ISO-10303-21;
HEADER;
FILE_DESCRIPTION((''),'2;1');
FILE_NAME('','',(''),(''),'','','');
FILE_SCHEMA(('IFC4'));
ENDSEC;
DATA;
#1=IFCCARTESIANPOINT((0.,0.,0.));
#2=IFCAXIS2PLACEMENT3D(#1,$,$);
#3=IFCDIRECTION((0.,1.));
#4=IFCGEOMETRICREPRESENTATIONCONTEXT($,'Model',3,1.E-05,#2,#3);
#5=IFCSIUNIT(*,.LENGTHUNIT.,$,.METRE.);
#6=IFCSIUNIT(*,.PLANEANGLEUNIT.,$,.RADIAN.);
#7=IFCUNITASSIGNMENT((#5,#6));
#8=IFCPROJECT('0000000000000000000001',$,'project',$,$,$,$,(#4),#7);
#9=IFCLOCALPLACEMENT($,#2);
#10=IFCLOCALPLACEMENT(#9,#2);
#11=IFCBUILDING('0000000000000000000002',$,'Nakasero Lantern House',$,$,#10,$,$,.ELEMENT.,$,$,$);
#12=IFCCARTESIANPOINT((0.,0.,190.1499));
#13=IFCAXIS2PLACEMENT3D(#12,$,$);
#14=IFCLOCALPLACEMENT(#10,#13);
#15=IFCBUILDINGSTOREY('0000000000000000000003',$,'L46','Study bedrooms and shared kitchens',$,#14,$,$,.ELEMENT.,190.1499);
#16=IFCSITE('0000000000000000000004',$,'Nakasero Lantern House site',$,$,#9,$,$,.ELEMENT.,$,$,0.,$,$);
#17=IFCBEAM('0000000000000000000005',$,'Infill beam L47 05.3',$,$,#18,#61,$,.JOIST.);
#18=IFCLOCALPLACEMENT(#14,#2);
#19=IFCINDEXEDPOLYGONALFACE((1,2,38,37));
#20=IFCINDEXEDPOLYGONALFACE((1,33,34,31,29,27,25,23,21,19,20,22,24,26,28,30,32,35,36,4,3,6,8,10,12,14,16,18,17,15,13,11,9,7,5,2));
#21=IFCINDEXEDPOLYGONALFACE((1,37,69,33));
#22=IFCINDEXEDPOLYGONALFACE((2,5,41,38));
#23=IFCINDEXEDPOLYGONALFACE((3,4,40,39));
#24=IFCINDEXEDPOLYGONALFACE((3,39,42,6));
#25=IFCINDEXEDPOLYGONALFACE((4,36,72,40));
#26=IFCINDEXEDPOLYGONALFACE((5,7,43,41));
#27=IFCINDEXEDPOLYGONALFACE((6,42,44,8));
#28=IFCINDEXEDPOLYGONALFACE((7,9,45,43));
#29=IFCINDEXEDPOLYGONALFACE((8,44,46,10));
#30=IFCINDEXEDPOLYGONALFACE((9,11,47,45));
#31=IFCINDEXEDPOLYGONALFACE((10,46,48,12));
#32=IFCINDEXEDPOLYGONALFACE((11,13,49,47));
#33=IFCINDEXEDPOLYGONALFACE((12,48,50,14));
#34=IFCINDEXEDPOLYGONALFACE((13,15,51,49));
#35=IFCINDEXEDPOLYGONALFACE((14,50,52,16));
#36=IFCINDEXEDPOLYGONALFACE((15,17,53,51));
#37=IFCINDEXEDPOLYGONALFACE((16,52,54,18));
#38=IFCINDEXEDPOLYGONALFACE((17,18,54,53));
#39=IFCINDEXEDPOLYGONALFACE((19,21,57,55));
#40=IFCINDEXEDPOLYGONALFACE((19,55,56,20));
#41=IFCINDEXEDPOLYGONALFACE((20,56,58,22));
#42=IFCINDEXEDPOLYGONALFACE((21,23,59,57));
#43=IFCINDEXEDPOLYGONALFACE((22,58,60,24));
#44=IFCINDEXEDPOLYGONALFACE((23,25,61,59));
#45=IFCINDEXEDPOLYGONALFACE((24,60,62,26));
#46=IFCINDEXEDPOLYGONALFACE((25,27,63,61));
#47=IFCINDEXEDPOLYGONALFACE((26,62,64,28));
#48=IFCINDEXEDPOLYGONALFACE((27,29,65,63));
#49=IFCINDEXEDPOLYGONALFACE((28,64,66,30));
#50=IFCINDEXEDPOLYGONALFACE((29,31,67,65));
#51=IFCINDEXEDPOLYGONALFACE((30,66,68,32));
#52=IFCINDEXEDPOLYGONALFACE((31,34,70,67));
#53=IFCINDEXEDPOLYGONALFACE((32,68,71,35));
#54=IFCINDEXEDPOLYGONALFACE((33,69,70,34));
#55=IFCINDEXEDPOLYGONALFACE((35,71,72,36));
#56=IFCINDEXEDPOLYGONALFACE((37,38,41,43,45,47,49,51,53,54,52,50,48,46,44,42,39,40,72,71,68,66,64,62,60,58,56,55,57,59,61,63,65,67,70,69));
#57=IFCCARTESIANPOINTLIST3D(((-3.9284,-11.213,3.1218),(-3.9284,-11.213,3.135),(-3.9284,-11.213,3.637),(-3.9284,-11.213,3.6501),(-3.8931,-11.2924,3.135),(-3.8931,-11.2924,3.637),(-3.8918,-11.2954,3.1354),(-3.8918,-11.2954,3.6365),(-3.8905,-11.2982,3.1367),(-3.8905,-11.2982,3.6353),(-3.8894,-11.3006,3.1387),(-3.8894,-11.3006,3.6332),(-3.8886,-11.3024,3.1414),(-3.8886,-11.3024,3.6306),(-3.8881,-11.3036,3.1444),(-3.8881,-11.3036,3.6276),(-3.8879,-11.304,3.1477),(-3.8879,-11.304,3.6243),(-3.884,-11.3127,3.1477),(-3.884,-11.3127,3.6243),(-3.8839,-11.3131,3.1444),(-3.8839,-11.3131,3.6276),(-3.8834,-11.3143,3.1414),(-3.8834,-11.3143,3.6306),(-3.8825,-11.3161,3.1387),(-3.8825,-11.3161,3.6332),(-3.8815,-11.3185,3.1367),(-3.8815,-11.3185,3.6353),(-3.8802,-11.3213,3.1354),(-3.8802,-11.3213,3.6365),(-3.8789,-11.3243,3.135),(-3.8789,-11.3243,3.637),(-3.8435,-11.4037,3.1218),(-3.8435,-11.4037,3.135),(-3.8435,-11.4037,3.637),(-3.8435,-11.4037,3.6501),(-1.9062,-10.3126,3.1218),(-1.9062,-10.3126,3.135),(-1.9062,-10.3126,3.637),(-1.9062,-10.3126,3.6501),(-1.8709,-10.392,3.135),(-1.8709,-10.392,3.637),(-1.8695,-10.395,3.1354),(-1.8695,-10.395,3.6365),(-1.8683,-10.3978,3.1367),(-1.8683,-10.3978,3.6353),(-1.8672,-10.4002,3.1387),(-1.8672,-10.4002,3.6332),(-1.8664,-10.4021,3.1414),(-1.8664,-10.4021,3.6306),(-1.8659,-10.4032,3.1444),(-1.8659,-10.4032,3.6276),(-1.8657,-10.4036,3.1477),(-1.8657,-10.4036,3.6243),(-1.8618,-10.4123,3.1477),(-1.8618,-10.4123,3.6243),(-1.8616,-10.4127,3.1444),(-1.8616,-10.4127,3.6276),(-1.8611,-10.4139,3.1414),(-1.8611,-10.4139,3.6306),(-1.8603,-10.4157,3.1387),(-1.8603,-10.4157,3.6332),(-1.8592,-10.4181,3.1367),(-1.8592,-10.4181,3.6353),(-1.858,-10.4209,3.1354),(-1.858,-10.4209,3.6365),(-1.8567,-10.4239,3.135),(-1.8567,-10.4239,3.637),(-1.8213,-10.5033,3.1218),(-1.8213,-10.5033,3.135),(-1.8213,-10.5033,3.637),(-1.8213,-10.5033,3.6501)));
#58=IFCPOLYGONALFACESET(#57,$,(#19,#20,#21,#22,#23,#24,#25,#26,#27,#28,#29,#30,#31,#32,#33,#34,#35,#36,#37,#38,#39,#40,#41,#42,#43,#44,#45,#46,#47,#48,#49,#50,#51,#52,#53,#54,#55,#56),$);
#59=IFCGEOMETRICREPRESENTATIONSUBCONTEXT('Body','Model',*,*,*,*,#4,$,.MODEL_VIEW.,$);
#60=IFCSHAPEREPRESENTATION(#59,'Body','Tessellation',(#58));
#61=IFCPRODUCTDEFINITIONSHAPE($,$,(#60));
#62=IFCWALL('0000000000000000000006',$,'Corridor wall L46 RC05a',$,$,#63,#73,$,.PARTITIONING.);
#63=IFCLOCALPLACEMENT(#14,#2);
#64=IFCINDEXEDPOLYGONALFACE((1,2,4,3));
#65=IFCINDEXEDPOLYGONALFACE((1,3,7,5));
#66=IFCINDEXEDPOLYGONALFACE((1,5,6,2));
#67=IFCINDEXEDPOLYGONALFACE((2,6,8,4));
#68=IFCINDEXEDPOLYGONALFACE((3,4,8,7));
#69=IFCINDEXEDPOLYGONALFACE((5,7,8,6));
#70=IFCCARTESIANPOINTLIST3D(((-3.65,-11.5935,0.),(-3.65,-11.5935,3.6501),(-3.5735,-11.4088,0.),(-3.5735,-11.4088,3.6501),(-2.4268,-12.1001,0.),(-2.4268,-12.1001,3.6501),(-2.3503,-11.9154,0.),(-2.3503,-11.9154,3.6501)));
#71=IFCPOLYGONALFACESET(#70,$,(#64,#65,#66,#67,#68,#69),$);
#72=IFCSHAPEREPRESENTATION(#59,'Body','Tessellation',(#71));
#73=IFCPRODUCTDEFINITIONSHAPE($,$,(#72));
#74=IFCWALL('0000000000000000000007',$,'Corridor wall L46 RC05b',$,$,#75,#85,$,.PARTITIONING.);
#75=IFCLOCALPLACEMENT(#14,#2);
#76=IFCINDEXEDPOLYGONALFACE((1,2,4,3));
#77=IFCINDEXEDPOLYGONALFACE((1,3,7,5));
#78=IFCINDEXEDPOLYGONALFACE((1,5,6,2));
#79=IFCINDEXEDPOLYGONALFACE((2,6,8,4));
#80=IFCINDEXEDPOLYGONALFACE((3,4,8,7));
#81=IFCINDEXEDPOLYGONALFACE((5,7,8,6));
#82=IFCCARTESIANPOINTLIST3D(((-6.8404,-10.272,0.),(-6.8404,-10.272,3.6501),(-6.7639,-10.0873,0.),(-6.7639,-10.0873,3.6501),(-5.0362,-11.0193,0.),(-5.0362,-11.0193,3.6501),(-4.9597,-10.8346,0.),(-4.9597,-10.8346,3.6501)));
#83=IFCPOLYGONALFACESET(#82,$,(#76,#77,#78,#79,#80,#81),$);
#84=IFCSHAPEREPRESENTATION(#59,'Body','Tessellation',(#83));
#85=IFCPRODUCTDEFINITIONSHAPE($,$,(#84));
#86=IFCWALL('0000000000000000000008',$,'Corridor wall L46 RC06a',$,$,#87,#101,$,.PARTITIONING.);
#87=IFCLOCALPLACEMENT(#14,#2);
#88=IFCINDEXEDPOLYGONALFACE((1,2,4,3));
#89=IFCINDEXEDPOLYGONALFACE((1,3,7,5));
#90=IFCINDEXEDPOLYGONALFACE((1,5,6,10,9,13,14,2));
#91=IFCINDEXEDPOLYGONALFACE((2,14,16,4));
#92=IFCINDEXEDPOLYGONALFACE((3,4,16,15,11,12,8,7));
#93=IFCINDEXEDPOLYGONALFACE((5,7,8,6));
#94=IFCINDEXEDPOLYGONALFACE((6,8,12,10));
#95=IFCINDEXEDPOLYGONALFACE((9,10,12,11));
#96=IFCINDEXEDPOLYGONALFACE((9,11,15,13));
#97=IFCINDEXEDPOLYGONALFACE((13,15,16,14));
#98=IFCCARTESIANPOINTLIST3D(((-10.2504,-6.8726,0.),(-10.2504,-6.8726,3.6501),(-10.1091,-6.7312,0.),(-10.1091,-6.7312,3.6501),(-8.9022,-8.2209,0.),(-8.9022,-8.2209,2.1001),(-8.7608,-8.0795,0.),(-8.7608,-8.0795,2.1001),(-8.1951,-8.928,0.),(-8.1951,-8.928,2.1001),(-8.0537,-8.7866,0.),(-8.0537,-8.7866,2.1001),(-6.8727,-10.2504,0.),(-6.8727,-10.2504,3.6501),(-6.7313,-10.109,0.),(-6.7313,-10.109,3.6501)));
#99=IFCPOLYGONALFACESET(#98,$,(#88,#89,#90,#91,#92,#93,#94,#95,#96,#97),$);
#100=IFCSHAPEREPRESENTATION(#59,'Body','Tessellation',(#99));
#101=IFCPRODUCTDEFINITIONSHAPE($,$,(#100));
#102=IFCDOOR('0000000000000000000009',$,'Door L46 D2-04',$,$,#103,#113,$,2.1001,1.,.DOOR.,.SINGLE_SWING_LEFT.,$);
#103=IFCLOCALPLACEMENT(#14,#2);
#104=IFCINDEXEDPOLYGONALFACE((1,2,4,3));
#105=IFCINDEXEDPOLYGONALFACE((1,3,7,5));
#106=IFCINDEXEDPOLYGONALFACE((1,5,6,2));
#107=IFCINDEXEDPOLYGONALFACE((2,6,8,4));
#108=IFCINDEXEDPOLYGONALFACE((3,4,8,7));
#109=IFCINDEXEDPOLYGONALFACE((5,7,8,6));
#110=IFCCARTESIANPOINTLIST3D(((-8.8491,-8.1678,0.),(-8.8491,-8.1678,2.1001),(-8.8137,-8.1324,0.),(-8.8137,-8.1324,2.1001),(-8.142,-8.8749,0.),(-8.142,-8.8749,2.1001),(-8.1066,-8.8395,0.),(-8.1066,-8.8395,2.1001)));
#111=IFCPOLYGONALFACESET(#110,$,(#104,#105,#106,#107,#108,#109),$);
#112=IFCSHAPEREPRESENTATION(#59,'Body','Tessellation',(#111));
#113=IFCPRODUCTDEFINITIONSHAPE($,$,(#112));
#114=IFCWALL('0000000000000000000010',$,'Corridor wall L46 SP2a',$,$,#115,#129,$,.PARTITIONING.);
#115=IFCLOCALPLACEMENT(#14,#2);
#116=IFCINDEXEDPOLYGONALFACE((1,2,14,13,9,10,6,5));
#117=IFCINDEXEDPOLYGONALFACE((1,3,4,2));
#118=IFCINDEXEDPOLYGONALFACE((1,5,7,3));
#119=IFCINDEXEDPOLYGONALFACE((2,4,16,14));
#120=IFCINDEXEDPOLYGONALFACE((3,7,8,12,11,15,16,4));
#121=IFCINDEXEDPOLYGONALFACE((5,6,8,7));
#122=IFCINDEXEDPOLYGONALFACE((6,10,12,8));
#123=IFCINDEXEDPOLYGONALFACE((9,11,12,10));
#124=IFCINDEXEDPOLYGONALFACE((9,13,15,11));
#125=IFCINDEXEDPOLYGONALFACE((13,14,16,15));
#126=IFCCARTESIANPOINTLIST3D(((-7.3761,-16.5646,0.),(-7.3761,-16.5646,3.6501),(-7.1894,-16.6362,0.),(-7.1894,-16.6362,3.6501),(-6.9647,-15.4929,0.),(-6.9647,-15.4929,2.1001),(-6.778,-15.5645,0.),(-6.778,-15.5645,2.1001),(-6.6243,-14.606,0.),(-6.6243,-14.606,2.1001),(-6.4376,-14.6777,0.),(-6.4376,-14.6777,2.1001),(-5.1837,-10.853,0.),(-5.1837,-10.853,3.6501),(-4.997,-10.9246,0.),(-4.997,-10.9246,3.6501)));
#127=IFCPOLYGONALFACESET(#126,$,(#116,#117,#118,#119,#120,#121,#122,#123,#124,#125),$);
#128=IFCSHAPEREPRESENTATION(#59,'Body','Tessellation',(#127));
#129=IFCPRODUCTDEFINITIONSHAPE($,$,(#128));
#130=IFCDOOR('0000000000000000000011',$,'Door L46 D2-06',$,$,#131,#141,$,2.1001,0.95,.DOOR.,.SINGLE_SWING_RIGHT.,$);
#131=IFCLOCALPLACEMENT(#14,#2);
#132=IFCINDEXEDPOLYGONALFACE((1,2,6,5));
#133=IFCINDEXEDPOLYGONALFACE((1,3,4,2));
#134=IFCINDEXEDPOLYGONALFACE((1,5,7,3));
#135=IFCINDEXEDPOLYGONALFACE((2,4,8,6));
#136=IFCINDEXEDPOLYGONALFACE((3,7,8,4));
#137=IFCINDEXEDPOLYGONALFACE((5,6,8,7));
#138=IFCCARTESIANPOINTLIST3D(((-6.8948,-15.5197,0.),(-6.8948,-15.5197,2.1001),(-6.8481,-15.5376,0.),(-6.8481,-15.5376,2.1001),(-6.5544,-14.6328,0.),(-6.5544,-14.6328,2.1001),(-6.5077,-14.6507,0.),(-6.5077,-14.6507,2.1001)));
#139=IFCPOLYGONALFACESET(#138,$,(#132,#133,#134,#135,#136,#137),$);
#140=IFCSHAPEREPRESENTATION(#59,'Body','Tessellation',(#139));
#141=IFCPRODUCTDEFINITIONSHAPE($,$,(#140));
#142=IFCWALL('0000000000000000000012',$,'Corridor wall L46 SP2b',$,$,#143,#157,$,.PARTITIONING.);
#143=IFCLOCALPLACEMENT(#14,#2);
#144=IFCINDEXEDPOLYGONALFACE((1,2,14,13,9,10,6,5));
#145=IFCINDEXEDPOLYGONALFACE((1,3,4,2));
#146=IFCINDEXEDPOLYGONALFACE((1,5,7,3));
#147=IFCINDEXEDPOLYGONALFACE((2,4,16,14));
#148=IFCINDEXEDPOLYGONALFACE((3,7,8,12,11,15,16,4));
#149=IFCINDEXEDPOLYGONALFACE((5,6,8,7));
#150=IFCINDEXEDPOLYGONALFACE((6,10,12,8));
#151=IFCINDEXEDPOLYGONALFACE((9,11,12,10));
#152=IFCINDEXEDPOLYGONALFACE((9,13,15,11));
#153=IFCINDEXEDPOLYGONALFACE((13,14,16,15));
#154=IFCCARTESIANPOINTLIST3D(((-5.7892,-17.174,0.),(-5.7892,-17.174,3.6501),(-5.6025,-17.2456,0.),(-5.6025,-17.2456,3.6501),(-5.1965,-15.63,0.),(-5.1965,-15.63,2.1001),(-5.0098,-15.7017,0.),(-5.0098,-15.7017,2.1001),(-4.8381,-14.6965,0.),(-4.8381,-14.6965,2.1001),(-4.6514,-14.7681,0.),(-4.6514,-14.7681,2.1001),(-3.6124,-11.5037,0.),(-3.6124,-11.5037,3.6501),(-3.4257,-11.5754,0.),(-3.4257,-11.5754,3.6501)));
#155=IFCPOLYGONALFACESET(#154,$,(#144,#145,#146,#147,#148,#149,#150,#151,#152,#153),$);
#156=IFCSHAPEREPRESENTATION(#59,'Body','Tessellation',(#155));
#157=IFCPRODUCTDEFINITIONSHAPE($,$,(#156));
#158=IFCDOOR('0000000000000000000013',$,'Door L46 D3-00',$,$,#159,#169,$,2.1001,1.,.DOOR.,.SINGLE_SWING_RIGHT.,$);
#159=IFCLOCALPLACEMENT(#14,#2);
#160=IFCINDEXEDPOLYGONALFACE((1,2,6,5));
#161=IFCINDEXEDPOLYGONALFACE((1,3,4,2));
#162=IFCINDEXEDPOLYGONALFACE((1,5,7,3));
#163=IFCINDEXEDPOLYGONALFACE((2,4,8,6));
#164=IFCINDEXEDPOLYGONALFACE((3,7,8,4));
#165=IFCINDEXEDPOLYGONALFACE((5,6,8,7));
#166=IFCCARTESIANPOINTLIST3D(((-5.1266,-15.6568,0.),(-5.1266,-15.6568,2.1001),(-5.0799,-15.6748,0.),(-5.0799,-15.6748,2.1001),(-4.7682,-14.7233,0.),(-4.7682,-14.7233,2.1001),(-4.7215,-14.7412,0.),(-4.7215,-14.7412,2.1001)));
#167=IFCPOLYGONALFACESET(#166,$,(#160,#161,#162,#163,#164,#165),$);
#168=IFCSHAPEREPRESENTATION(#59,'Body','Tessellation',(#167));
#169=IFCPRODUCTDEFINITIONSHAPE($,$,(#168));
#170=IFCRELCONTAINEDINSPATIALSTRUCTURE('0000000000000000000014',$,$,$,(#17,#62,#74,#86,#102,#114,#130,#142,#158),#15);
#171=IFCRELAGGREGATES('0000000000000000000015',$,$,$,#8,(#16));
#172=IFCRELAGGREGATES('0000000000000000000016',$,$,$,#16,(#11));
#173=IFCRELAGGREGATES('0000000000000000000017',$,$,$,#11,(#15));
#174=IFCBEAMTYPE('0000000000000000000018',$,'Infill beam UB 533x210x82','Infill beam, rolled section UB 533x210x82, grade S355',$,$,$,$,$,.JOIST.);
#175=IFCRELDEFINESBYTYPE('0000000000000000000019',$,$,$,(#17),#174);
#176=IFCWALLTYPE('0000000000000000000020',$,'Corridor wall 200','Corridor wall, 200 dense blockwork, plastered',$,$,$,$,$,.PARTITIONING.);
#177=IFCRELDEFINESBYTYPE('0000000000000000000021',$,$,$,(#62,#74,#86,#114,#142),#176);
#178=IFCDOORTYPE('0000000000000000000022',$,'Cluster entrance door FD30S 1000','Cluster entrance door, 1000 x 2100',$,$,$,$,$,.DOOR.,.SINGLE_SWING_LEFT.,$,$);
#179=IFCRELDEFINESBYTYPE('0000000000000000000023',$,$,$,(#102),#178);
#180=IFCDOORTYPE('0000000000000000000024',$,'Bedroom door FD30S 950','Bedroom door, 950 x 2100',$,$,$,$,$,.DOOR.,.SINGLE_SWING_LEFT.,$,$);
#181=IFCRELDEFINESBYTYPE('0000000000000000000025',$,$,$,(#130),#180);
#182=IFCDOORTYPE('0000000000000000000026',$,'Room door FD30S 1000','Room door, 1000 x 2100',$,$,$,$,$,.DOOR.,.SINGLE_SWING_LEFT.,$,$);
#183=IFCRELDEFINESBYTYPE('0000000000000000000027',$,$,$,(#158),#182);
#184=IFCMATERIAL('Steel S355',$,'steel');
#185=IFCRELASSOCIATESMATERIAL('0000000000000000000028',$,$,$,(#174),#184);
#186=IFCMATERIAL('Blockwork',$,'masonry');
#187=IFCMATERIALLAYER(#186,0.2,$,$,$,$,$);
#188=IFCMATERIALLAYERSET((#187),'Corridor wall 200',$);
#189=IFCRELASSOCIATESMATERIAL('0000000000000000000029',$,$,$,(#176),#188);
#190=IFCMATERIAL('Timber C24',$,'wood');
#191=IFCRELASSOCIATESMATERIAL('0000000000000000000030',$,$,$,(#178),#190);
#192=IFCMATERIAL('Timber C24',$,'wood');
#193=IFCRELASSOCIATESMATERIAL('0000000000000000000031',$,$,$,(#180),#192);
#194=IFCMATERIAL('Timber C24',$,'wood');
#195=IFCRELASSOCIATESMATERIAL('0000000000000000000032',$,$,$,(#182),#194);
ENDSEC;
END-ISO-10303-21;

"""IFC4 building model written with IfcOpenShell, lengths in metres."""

from ifc_helpers import new_model, si_unit, direction, frame, frame_2d, origin, origin_2d, place, context, subcontext, project, spatial, rectangle, i_section, extrude, material, layer, layer_set, material_profile, profile_set, type_object, element, fill, save


model = new_model("IFC4")

# Units and contexts
model_context = context("Model", 3, precision=1e-05, world=origin(), true_north=direction((0.0, 1.0)))
body_context = subcontext(model_context, "Body", "Model", "MODEL_VIEW")
ifc_project = project(units=[si_unit("LENGTHUNIT", "METRE"), si_unit("PLANEANGLEUNIT", "RADIAN")], contexts=[model_context])

# Site, building, storey
site_placement = place(None, origin())
site = spatial("IfcSite", under=ifc_project, at=site_placement, Name="Nakasero Lantern House site", CompositionType="ELEMENT", RefElevation=0.0)
building_placement = place(site_placement, origin())
building = spatial("IfcBuilding", under=site, at=building_placement, Name="Nakasero Lantern House", CompositionType="ELEMENT")
storey_placement = place(building_placement, frame((0.0, 0.0, 190.1499)))
storey = spatial("IfcBuildingStorey", under=building, at=storey_placement, Name="L46", Description="Study bedrooms and shared kitchens", CompositionType="ELEMENT", Elevation=190.1499)

# Beam
ifc_material_1 = material(Name="Steel S355", Category="steel")
ifc_material_profile = material_profile(ifc_material_1, i_section(OverallWidth=0.2087, OverallDepth=0.5283, WebThickness=0.0095, FlangeThickness=0.0132, FilletRadius=0.0127, at=origin_2d()), Name="UB 533x210x82")
ifc_profile_set = profile_set([ifc_material_profile], Name="Steel S355")
beam_type = type_object("IfcBeamType", Name="Infill beam UB 533x210x82", Description="Infill beam, rolled section UB 533x210x82, grade S355", PredefinedType="JOIST", material=ifc_profile_set)
beam_placement = place(storey_placement, frame((-3.886, -11.3083, 3.386), z_axis=(0.913538, 0.406752, 0.0), x_axis=(-0.406752, 0.913538, 0.0)))
element("IfcBeam", 1, at=beam_placement, inside=storey, type_object=beam_type, Name="Infill beam L47 05.3", PredefinedType="JOIST", context=body_context, shape_type="SweptSolid", body=[
    extrude(i_section(OverallWidth=0.2087, OverallDepth=0.5283, WebThickness=0.0095, FlangeThickness=0.0132, FilletRadius=0.0127, at=origin_2d()), origin(), (0.0, 0.0, 1.0), 2.2136),
])

# Walls
ifc_material_2 = material(Name="Blockwork", Category="masonry")
ifc_layer_1 = layer(ifc_material_2, 0.2)
ifc_layer_set_1 = layer_set([ifc_layer_1], Name="Corridor wall 200")
wall_type_1 = type_object("IfcWallType", Name="Corridor wall 200", Description="Corridor wall, 200 dense blockwork, plastered", PredefinedType="PARTITIONING", material=ifc_layer_set_1)
wall_1_placement = place(storey_placement, frame((-2.3884, -12.0078, 0.0), z_axis=(0.0, 0.0, 1.0), x_axis=(-0.923893, 0.38265, 0.0)))
element("IfcWall", 2, at=wall_1_placement, inside=storey, type_object=wall_type_1, Name="Corridor wall L46 RC05a", PredefinedType="PARTITIONING", context=body_context, shape_type="SweptSolid", body=[
    extrude(rectangle(XDim=1.324, YDim=0.2, at=frame_2d((0.6621, 0.0))), origin(), (0.0, 0.0, 1.0), 3.6501),
])
wall_2_placement = place(storey_placement, frame((-4.9978, -10.927, 0.0), z_axis=(0.0, 0.0, 1.0), x_axis=(-0.923881, 0.382679, 0.0)))
element("IfcWall", 3, at=wall_2_placement, inside=storey, type_object=wall_type_1, Name="Corridor wall L46 RC05b", PredefinedType="PARTITIONING", context=body_context, shape_type="SweptSolid", body=[
    extrude(rectangle(XDim=1.9529, YDim=0.2, at=frame_2d((0.9766, 0.0))), origin(), (0.0, 0.0, 1.0), 3.6501),
])

# Walls, openings, doors
wall_3_placement = place(storey_placement, frame((-6.802, -10.1797, 0.0), z_axis=(0.0, 0.0, 1.0), x_axis=(-0.707107, 0.707107, 0.0)))
wall_3 = element("IfcWall", 4, at=wall_3_placement, inside=storey, type_object=wall_type_1, Name="Corridor wall L46 RC06a", PredefinedType="PARTITIONING", context=body_context, shape_type="SweptSolid", body=[
    extrude(rectangle(XDim=4.7769, YDim=0.2, at=frame_2d((2.3884, 0.0))), origin(), (0.0, 0.0, 1.0), 3.6501),
])
opening_1_placement = place(wall_3_placement, frame((1.8701, 0.0, 0.0)))
opening_1 = element("IfcOpeningElement", 5, at=opening_1_placement, cuts=wall_3, PredefinedType="OPENING", context=body_context, shape_type="SweptSolid", body=[
    extrude(rectangle(XDim=1.0, YDim=2.1001, at=frame_2d((0.5, 1.05))), frame((0.0, 0.1199, 0.0), z_axis=(0.0, -1.0, 0.0), x_axis=(1.0, 0.0, 0.0)), (0.0, 0.0, 1.0), 0.24),
])
ifc_material_3 = material(Name="Timber C24", Category="wood")
door_type_1 = type_object("IfcDoorType", Name="Cluster entrance door FD30S 1000", Description="Cluster entrance door, 1000 x 2100", OperationType="SINGLE_SWING_LEFT", PredefinedType="DOOR", material=ifc_material_3)
door_1_placement = place(opening_1_placement, origin())
door_1 = element("IfcDoor", 6, at=door_1_placement, inside=storey, type_object=door_type_1, Name="Door L46 D2-04", OperationType="SINGLE_SWING_LEFT", OverallHeight=2.1001, OverallWidth=1.0, PredefinedType="DOOR", context=body_context, shape_type="SweptSolid", body=[
    extrude(rectangle(XDim=1.0, YDim=2.1001, at=frame_2d((0.5, 1.05))), frame((0.0, 0.0249, 0.0), z_axis=(0.0, -1.0, 0.0), x_axis=(1.0, 0.0, 0.0)), (0.0, 0.0, 1.0), 0.05),
])
fill(opening_1, door_1)
wall_4_placement = place(storey_placement, frame((-5.0903, -10.8887, 0.0), z_axis=(0.0, 0.0, 1.0), x_axis=(-0.358351, -0.933587, 0.0)))
wall_4 = element("IfcWall", 7, at=wall_4_placement, inside=storey, type_object=wall_type_1, Name="Corridor wall L46 SP2a", PredefinedType="PARTITIONING", context=body_context, shape_type="SweptSolid", body=[
    extrude(rectangle(XDim=6.1179, YDim=0.2, at=frame_2d((3.0591, 0.0))), origin(), (0.0, 0.0, 1.0), 3.6501),
])
opening_2_placement = place(wall_4_placement, frame((4.02, 0.0, 0.0)))
opening_2 = element("IfcOpeningElement", 8, at=opening_2_placement, cuts=wall_4, PredefinedType="OPENING", context=body_context, shape_type="SweptSolid", body=[
    extrude(rectangle(XDim=0.95, YDim=2.1001, at=frame_2d((0.4751, 1.05))), frame((0.0, 0.1199, 0.0), z_axis=(0.0, -1.0, 0.0), x_axis=(1.0, 0.0, 0.0)), (0.0, 0.0, 1.0), 0.24),
])
ifc_material_4 = material(Name="Timber C24", Category="wood")
door_type_2 = type_object("IfcDoorType", Name="Bedroom door FD30S 950", Description="Bedroom door, 950 x 2100", OperationType="SINGLE_SWING_LEFT", PredefinedType="DOOR", material=ifc_material_4)
door_2_placement = place(opening_2_placement, origin())
door_2 = element("IfcDoor", 9, at=door_2_placement, inside=storey, type_object=door_type_2, Name="Door L46 D2-06", OperationType="SINGLE_SWING_RIGHT", OverallHeight=2.1001, OverallWidth=0.95, PredefinedType="DOOR", context=body_context, shape_type="SweptSolid", body=[
    extrude(rectangle(XDim=0.95, YDim=2.1001, at=frame_2d((0.4751, 1.05))), frame((0.0, 0.0249, 0.0), z_axis=(0.0, -1.0, 0.0), x_axis=(1.0, 0.0, 0.0)), (0.0, 0.0, 1.0), 0.05),
])
fill(opening_2, door_2)
wall_5_placement = place(storey_placement, frame((-3.519, -11.5396, 0.0), z_axis=(0.0, 0.0, 1.0), x_axis=(-0.358394, -0.93357, 0.0)))
wall_5 = element("IfcWall", 10, at=wall_5_placement, inside=storey, type_object=wall_type_1, Name="Corridor wall L46 SP2b", PredefinedType="PARTITIONING", context=body_context, shape_type="SweptSolid", body=[
    extrude(rectangle(XDim=6.0737, YDim=0.2, at=frame_2d((3.0369, 0.0))), origin(), (0.0, 0.0, 1.0), 3.6501),
])
opening_3_placement = place(wall_5_placement, frame((3.4199, 0.0, 0.0)))
opening_3 = element("IfcOpeningElement", 11, at=opening_3_placement, cuts=wall_5, PredefinedType="OPENING", context=body_context, shape_type="SweptSolid", body=[
    extrude(rectangle(XDim=1.0, YDim=2.1001, at=frame_2d((0.5, 1.05))), frame((0.0, 0.1199, 0.0), z_axis=(0.0, -1.0, 0.0), x_axis=(1.0, 0.0, 0.0)), (0.0, 0.0, 1.0), 0.24),
])
ifc_material_5 = material(Name="Timber C24", Category="wood")
door_type_3 = type_object("IfcDoorType", Name="Room door FD30S 1000", Description="Room door, 1000 x 2100", OperationType="SINGLE_SWING_LEFT", PredefinedType="DOOR", material=ifc_material_5)
door_3_placement = place(opening_3_placement, origin())
door_3 = element("IfcDoor", 12, at=door_3_placement, inside=storey, type_object=door_type_3, Name="Door L46 D3-00", OperationType="SINGLE_SWING_RIGHT", OverallHeight=2.1001, OverallWidth=1.0, PredefinedType="DOOR", context=body_context, shape_type="SweptSolid", body=[
    extrude(rectangle(XDim=1.0, YDim=2.1001, at=frame_2d((0.5, 1.05))), frame((0.0, 0.0249, 0.0), z_axis=(0.0, -1.0, 0.0), x_axis=(1.0, 0.0, 0.0)), (0.0, 0.0, 1.0), 0.05),
])
fill(opening_3, door_3)

save(model, "model.ifc")
